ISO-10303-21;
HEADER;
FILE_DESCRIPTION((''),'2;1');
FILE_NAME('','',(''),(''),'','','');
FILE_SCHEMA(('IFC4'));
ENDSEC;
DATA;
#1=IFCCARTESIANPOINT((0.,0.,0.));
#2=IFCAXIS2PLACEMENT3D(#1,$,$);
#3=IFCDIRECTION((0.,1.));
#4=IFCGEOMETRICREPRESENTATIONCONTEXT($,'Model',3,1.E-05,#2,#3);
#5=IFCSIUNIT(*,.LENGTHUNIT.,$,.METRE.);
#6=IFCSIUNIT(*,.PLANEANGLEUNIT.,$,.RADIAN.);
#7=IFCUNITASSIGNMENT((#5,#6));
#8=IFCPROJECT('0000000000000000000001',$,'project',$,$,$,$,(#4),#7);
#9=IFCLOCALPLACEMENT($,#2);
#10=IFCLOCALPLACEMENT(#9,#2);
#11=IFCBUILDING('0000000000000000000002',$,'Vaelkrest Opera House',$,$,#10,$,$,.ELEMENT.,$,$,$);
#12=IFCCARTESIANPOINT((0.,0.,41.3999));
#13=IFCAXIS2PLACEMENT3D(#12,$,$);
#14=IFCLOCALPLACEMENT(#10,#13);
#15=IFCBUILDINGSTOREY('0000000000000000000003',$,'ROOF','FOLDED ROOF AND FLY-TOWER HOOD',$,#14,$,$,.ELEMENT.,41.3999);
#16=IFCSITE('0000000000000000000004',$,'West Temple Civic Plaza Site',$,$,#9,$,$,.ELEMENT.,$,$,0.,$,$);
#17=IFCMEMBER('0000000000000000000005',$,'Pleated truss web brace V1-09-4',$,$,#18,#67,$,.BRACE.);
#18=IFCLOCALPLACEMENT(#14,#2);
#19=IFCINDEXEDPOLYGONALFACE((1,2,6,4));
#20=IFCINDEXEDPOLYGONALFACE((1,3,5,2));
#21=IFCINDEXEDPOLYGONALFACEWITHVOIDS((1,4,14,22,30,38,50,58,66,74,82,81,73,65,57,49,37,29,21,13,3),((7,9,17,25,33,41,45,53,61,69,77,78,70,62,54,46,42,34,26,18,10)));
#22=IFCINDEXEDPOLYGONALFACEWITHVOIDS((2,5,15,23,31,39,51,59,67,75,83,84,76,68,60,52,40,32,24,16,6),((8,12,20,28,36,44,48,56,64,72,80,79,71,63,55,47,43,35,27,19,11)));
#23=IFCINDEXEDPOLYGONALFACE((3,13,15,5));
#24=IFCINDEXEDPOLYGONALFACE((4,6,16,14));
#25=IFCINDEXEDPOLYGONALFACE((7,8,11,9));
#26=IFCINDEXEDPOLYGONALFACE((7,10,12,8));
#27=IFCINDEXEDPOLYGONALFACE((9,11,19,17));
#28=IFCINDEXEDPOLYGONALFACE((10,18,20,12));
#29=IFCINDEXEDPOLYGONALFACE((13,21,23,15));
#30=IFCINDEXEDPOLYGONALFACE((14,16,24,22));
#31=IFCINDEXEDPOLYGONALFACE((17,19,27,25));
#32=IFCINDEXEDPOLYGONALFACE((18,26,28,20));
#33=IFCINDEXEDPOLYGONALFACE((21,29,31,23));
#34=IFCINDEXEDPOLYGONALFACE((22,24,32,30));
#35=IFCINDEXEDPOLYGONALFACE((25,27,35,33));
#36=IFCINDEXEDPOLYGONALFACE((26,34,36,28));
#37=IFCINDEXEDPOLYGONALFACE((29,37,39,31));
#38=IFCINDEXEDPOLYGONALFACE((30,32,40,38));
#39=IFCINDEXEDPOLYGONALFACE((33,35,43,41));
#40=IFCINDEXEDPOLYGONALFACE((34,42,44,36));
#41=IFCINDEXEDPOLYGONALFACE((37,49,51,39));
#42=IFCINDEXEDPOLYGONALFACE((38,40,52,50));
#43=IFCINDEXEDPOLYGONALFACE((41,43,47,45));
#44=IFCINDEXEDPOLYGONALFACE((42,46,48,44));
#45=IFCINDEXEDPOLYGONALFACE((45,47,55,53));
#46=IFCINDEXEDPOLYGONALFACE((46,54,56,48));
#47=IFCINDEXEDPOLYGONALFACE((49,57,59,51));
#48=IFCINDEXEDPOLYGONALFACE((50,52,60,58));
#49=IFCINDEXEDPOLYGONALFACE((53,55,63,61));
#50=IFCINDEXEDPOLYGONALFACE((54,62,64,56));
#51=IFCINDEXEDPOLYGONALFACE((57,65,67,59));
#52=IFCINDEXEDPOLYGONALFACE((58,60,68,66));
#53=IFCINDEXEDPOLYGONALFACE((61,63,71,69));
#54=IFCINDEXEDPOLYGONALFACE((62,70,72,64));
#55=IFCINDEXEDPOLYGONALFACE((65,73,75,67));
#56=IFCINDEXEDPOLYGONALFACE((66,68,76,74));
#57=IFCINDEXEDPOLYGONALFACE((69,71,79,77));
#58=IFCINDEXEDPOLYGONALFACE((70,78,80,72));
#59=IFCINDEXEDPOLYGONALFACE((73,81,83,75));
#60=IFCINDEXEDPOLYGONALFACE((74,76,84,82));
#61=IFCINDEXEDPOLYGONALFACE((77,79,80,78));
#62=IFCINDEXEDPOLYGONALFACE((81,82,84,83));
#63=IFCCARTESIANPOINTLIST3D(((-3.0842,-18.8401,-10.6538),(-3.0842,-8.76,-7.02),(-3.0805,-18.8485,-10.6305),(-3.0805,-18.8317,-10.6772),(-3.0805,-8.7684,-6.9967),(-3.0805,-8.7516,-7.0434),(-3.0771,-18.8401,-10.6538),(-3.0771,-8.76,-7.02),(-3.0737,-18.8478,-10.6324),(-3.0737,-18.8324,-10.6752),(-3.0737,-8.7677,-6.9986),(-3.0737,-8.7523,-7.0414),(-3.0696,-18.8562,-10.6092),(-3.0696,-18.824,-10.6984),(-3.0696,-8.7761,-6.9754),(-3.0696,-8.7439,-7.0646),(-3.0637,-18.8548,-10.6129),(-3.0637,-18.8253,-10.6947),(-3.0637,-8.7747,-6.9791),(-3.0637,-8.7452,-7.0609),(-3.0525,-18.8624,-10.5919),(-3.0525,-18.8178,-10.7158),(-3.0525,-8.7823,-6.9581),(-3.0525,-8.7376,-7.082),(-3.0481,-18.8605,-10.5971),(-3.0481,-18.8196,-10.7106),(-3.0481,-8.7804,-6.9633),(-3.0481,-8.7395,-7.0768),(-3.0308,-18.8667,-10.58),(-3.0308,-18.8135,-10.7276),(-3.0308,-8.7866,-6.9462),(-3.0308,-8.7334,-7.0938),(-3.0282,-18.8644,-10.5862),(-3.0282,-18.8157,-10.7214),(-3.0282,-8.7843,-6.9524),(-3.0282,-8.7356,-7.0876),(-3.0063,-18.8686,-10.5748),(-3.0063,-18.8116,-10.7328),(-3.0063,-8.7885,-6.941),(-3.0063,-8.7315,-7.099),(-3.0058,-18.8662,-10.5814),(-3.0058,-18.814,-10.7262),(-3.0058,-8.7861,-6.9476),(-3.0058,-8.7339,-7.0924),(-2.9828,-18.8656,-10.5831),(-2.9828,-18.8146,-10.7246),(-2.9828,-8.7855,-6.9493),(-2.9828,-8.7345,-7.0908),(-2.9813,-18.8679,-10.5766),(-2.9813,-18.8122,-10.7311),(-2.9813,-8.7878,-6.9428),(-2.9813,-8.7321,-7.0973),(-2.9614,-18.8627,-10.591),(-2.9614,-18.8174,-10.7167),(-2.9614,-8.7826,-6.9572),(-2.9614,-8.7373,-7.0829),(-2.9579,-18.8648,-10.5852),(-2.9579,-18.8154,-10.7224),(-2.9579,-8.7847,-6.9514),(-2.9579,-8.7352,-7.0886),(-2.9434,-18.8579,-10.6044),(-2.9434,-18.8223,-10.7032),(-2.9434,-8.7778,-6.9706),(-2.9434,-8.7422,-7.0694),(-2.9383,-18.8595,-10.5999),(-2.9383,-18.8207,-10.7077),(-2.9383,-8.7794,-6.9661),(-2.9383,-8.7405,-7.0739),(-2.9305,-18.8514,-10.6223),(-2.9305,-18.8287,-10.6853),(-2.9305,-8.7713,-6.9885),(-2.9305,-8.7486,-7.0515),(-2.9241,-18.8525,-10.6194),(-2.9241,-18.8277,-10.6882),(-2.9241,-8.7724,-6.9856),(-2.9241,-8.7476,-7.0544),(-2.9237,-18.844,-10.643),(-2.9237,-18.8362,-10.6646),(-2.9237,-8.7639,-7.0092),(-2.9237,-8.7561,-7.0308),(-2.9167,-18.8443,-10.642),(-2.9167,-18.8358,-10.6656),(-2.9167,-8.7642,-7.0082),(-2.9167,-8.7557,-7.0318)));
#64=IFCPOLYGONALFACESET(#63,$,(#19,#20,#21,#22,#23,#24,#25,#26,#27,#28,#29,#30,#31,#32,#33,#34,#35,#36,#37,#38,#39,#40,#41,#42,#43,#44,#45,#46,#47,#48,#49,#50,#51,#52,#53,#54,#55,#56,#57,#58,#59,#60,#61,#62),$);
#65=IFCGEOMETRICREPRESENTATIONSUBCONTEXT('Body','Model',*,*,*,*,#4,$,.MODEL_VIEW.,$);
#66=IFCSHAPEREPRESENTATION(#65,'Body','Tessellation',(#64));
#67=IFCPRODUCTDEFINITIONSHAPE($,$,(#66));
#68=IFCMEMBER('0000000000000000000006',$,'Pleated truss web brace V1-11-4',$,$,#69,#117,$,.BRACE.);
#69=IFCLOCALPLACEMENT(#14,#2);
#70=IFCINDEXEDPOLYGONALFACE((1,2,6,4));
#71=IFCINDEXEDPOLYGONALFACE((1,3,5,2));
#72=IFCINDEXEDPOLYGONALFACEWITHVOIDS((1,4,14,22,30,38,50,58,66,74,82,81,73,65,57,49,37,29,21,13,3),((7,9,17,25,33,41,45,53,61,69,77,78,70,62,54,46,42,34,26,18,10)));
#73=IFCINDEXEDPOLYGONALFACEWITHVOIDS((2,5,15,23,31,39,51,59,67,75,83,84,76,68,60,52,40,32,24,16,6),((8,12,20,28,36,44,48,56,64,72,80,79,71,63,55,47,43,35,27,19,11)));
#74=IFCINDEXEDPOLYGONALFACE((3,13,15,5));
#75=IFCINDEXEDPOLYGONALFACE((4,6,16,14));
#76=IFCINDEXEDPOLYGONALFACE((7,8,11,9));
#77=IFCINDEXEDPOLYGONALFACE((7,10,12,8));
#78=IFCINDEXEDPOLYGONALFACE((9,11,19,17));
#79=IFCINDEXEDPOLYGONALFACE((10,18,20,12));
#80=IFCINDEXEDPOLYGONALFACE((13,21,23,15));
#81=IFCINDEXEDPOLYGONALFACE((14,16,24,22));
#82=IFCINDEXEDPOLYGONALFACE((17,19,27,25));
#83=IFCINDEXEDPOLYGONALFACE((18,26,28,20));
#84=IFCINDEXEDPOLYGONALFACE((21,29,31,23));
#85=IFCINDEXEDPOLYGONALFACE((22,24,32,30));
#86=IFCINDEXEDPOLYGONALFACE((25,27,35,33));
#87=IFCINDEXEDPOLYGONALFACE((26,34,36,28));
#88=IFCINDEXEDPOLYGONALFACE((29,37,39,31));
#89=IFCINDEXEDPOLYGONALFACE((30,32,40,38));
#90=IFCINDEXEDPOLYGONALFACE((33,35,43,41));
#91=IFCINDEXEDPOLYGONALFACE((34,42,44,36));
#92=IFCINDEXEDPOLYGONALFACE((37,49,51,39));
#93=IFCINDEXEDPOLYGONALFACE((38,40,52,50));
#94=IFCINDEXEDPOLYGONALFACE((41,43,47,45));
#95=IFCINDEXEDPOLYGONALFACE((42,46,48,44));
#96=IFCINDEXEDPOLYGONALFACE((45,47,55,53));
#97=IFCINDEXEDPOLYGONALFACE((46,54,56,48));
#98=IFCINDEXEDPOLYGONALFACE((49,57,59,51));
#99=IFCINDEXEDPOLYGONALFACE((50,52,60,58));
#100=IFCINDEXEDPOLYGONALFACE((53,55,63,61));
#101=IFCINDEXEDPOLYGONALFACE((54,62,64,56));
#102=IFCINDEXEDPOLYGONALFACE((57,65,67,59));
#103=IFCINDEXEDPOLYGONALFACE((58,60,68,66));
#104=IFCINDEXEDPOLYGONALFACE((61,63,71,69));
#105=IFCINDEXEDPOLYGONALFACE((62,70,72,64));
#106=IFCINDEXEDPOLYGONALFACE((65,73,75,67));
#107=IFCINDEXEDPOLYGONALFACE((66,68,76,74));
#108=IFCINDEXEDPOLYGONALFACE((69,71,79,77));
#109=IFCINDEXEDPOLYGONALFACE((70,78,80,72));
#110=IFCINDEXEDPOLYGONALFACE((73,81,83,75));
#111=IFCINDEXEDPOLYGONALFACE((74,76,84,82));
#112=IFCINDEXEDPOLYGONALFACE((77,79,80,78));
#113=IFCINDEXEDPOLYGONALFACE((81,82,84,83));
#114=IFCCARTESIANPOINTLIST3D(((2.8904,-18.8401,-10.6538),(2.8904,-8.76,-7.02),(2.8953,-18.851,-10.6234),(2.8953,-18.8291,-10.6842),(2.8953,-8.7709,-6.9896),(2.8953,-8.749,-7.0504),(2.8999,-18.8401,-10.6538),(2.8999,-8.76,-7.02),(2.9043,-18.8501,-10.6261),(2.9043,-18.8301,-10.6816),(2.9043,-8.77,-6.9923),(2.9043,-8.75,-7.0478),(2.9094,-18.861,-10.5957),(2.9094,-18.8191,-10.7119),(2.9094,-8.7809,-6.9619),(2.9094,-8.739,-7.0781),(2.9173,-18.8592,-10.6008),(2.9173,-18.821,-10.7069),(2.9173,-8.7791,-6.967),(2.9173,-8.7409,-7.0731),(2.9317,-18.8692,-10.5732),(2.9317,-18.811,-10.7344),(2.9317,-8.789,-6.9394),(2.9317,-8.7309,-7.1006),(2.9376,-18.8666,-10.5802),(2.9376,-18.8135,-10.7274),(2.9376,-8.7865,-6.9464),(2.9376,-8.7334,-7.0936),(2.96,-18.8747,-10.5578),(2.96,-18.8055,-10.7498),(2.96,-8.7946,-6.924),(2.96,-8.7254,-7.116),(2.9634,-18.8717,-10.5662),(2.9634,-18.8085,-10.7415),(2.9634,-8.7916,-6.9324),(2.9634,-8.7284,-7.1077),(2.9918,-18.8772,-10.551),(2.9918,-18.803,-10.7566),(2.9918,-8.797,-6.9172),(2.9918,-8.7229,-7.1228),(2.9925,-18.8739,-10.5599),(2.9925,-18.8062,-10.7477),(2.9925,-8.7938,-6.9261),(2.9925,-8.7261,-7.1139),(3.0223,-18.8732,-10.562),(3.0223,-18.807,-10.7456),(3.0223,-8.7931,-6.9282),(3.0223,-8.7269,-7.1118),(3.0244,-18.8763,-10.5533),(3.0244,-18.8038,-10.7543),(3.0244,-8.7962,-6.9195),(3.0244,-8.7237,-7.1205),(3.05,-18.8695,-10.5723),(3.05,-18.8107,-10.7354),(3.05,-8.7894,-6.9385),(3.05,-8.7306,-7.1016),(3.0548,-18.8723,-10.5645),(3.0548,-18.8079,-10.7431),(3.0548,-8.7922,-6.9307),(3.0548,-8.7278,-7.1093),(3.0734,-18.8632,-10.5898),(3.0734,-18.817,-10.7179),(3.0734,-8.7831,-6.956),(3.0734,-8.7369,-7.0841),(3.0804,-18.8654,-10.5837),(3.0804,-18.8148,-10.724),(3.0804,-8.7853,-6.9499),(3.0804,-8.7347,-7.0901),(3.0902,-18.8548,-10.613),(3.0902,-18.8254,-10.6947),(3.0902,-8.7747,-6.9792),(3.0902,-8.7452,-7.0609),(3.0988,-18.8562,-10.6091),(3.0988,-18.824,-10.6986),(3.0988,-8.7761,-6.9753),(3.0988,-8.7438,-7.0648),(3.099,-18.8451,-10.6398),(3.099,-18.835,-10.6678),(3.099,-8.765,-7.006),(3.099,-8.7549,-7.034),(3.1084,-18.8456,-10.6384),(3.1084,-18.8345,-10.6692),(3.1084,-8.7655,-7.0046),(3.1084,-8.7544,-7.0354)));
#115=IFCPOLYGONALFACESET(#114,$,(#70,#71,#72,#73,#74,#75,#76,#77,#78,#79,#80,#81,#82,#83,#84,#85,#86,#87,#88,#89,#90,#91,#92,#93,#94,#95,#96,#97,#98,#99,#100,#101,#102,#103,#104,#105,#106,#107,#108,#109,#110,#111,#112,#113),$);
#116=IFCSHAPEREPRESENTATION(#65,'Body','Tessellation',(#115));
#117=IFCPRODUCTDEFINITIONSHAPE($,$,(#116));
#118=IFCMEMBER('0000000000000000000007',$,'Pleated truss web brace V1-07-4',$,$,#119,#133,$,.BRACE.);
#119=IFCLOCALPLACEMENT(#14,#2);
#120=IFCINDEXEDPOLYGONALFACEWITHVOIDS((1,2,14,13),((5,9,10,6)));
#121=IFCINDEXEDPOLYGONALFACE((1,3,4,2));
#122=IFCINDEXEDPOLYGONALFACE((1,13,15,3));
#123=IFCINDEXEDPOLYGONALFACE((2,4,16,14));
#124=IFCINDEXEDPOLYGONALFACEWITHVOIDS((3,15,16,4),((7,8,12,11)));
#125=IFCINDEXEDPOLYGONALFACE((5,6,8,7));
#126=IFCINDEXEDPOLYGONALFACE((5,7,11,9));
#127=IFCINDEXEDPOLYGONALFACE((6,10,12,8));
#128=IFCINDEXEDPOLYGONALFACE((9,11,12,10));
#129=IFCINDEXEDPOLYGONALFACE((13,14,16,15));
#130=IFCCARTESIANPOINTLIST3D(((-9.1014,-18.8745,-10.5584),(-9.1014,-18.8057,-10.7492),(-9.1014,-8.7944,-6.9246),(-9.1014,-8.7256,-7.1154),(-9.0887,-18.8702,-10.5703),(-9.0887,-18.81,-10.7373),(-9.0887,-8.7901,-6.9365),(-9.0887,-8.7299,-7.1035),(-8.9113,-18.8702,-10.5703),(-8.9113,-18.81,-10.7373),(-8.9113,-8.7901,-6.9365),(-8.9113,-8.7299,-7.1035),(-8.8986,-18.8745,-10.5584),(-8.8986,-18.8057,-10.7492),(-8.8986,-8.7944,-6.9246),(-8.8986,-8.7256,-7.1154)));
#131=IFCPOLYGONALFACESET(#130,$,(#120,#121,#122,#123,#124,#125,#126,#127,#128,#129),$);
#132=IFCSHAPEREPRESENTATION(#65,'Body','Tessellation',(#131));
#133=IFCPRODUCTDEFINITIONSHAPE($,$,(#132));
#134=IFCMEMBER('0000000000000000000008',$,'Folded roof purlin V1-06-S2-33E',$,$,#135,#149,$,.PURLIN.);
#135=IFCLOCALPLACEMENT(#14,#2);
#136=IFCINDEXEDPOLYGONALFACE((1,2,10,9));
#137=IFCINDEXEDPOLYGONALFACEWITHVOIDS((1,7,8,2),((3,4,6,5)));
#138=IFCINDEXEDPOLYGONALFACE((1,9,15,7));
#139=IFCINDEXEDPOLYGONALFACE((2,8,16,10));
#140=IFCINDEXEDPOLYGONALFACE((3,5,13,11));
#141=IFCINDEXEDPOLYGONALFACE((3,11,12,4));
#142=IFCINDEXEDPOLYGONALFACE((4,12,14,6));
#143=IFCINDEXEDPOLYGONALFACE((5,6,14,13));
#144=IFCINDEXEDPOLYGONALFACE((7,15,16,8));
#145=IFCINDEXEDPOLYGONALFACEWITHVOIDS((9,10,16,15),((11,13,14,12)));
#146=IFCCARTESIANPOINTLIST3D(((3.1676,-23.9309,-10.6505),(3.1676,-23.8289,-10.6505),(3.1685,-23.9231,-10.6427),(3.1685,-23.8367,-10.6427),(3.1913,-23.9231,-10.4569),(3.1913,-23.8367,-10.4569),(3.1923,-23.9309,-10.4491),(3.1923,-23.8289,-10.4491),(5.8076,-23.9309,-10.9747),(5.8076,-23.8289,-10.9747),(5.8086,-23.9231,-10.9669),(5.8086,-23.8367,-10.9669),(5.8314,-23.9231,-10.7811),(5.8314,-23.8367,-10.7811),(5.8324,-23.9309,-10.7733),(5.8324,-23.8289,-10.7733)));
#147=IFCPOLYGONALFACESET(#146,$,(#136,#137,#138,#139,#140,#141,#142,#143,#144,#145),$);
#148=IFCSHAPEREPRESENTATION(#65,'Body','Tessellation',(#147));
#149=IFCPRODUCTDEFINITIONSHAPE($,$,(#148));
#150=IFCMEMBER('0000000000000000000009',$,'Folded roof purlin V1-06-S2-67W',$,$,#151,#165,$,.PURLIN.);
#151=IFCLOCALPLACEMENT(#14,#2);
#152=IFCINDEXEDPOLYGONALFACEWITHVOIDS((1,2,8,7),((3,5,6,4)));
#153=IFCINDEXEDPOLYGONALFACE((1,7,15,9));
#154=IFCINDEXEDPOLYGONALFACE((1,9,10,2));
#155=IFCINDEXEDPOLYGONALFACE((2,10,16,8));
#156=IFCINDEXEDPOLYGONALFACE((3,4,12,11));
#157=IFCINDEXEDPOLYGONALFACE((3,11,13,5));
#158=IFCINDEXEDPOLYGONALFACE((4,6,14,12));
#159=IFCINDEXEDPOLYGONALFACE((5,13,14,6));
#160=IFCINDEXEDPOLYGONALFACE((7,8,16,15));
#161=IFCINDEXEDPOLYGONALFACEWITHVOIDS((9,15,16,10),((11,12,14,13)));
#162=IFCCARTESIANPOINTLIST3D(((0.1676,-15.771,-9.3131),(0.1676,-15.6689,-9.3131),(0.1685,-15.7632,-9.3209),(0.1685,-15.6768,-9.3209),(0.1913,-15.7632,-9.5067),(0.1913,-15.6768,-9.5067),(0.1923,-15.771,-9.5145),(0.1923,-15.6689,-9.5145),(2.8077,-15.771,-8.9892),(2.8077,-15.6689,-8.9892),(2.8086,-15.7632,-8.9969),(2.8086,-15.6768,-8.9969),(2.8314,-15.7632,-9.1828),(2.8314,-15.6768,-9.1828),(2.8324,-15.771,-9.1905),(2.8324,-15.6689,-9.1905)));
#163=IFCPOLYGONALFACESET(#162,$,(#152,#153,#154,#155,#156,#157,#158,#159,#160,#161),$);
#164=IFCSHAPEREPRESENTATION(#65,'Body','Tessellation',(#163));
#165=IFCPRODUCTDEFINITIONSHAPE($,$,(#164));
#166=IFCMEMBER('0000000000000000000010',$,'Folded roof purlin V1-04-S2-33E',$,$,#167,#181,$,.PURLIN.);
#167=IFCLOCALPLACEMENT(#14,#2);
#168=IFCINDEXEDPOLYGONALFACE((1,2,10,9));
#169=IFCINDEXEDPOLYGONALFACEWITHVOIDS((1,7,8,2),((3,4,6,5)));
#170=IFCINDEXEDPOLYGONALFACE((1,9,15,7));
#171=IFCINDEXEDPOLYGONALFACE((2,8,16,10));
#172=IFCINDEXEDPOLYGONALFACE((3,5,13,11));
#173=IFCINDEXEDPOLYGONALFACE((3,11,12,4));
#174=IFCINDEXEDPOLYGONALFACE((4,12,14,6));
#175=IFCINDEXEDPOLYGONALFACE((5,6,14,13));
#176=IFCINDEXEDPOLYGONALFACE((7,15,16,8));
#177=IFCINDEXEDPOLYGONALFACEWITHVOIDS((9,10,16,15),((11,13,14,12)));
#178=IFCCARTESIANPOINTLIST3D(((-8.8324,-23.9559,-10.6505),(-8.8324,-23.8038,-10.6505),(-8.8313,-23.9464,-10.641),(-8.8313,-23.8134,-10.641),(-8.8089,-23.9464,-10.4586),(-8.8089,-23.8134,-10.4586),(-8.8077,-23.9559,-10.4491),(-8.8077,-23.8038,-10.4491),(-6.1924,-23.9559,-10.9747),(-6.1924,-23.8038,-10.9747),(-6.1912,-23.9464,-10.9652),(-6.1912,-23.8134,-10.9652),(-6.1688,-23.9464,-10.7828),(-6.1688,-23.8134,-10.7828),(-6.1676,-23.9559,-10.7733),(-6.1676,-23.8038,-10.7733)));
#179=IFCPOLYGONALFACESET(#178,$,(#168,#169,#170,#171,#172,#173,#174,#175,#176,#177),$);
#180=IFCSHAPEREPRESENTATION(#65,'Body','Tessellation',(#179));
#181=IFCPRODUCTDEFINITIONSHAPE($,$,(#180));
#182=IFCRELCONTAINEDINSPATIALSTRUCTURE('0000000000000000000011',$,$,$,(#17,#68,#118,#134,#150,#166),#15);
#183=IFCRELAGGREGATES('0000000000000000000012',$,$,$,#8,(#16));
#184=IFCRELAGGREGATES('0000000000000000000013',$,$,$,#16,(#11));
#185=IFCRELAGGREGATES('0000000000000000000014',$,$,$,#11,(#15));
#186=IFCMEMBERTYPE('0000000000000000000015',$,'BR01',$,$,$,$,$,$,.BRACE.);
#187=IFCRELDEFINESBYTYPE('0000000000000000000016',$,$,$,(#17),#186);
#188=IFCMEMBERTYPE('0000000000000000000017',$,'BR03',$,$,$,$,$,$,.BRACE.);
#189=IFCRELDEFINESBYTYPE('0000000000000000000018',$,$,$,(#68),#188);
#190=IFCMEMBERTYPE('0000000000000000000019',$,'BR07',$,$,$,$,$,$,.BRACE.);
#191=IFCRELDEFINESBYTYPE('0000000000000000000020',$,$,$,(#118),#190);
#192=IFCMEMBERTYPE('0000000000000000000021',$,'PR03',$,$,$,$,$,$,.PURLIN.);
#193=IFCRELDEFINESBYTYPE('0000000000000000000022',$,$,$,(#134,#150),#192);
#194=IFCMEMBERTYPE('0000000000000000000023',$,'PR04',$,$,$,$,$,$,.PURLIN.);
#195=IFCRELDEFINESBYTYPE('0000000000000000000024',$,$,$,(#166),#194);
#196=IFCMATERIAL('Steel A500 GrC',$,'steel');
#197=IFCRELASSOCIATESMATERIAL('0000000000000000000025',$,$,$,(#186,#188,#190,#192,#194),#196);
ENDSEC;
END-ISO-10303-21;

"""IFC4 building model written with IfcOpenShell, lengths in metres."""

from ifc_helpers import new_model, si_unit, direction, frame, origin, origin_2d, place, context, subcontext, project, spatial, hollow_rectangle, hollow_circle, extrude, material, material_profile, profile_set, type_object, element, save


model = new_model("IFC4")

# Units and contexts
model_context = context("Model", 3, precision=1e-05, world=origin(), true_north=direction((0.0, 1.0)))
body_context = subcontext(model_context, "Body", "Model", "MODEL_VIEW")
ifc_project = project(units=[si_unit("LENGTHUNIT", "METRE"), si_unit("PLANEANGLEUNIT", "RADIAN")], contexts=[model_context])

# Site, building, storey
site_placement = place(None, origin())
site = spatial("IfcSite", under=ifc_project, at=site_placement, Name="West Temple Civic Plaza Site", CompositionType="ELEMENT", RefElevation=0.0)
building_placement = place(site_placement, origin())
building = spatial("IfcBuilding", under=site, at=building_placement, Name="Vaelkrest Opera House", CompositionType="ELEMENT")
storey_placement = place(building_placement, frame((0.0, 0.0, 41.3999)))
storey = spatial("IfcBuildingStorey", under=building, at=storey_placement, Name="ROOF", Description="FOLDED ROOF AND FLY-TOWER HOOD", CompositionType="ELEMENT", Elevation=41.3999)

# Members
ifc_material_1 = material(Name="Steel A500 GrC", Category="steel")
ifc_material_profile_1 = material_profile(ifc_material_1, hollow_circle(Radius=0.0842, WallThickness=0.0071, at=origin_2d()), Name="HSS168.3X7.1")
ifc_profile_set_1 = profile_set([ifc_material_profile_1], Name="Steel A500 GrC")
member_type_1 = type_object("IfcMemberType", Name="BR01", PredefinedType="BRACE", material=ifc_profile_set_1)
member_1_placement = place(storey_placement, frame((-3.0, -18.8401, -10.6538), z_axis=(0.0, 0.94074, 0.339129), x_axis=(-1.0, 0.0, 0.0)))
element("IfcMember", 1, at=member_1_placement, inside=storey, type_object=member_type_1, Name="Pleated truss web brace V1-09-4", PredefinedType="BRACE", context=body_context, shape_type="SweptSolid", body=[
    extrude(hollow_circle(Radius=0.0842, WallThickness=0.0071, at=origin_2d()), origin(), (0.0, 0.0, 1.0), 10.7151),
])
ifc_material_profile_2 = material_profile(ifc_material_1, hollow_circle(Radius=0.1096, WallThickness=0.0095, at=origin_2d()), Name="HSS219.1X9.5")
ifc_profile_set_2 = profile_set([ifc_material_profile_2], Name="Steel A500 GrC")
member_type_2 = type_object("IfcMemberType", Name="BR03", PredefinedType="BRACE", material=ifc_profile_set_2)
member_2_placement = place(storey_placement, frame((3.0, -18.8401, -10.6538), z_axis=(0.0, 0.94074, 0.339129), x_axis=(-1.0, 0.0, 0.0)))
element("IfcMember", 2, at=member_2_placement, inside=storey, type_object=member_type_2, Name="Pleated truss web brace V1-11-4", PredefinedType="BRACE", context=body_context, shape_type="SweptSolid", body=[
    extrude(hollow_circle(Radius=0.1096, WallThickness=0.0095, at=origin_2d()), origin(), (0.0, 0.0, 1.0), 10.7151),
])
ifc_material_profile_3 = material_profile(ifc_material_1, hollow_rectangle(XDim=0.2029, YDim=0.2029, WallThickness=0.0127, at=origin_2d()), Name="HSS203X203X12.7")
ifc_profile_set_3 = profile_set([ifc_material_profile_3], Name="Steel A500 GrC")
member_type_3 = type_object("IfcMemberType", Name="BR07", PredefinedType="BRACE", material=ifc_profile_set_3)
member_3_placement = place(storey_placement, frame((-9.0, -18.8401, -10.6538), z_axis=(0.0, 0.94074, 0.339129), x_axis=(-1.0, 0.0, 0.0)))
element("IfcMember", 3, at=member_3_placement, inside=storey, type_object=member_type_3, Name="Pleated truss web brace V1-07-4", PredefinedType="BRACE", context=body_context, shape_type="SweptSolid", body=[
    extrude(hollow_rectangle(XDim=0.2029, YDim=0.2029, WallThickness=0.0127, at=origin_2d()), origin(), (0.0, 0.0, 1.0), 10.7151),
])
ifc_material_profile_4 = material_profile(ifc_material_1, hollow_rectangle(XDim=0.1021, YDim=0.2029, WallThickness=0.0078, at=origin_2d()), Name="HSS203X102X8")
ifc_profile_set_4 = profile_set([ifc_material_profile_4], Name="Steel A500 GrC")
member_type_4 = type_object("IfcMemberType", Name="PR03", PredefinedType="PURLIN", material=ifc_profile_set_4)
for number, where, z_axis, x_axis, name in (
    (4, (3.1799, -23.8799, -10.5498), (0.992544, 0.0, -0.121888), (0.0, 1.0, 0.0), "Folded roof purlin V1-06-S2-33E"),
    (5, (0.1799, -15.72, -9.4138), (0.992555, 0.0, 0.121798), (0.0, 1.0, 0.0), "Folded roof purlin V1-06-S2-67W"),
):
    element("IfcMember", number, at=place(storey_placement, frame(where, z_axis=z_axis, x_axis=x_axis)), inside=storey, type_object=member_type_4, Name=name, PredefinedType="PURLIN", context=body_context, shape_type="SweptSolid", body=[
        extrude(hollow_rectangle(XDim=0.1021, YDim=0.2029, WallThickness=0.0078, at=origin_2d()), origin(), (0.0, 0.0, 1.0), 2.6599),
    ])
ifc_material_profile_5 = material_profile(ifc_material_1, hollow_rectangle(XDim=0.1521, YDim=0.2029, WallThickness=0.0095, at=origin_2d()), Name="HSS203X152X9.5")
ifc_profile_set_5 = profile_set([ifc_material_profile_5], Name="Steel A500 GrC")
member_type_5 = type_object("IfcMemberType", Name="PR04", PredefinedType="PURLIN", material=ifc_profile_set_5)
for number, where, z_axis, x_axis, name in (
    (6, (-8.8201, -23.8799, -10.5498), (0.992544, 0.0, -0.121888), (0.0, 1.0, 0.0), "Folded roof purlin V1-04-S2-33E"),
):
    element("IfcMember", number, at=place(storey_placement, frame(where, z_axis=z_axis, x_axis=x_axis)), inside=storey, type_object=member_type_5, Name=name, PredefinedType="PURLIN", context=body_context, shape_type="SweptSolid", body=[
        extrude(hollow_rectangle(XDim=0.1521, YDim=0.2029, WallThickness=0.0095, at=origin_2d()), origin(), (0.0, 0.0, 1.0), 2.6599),
    ])

save(model, "model.ifc")
